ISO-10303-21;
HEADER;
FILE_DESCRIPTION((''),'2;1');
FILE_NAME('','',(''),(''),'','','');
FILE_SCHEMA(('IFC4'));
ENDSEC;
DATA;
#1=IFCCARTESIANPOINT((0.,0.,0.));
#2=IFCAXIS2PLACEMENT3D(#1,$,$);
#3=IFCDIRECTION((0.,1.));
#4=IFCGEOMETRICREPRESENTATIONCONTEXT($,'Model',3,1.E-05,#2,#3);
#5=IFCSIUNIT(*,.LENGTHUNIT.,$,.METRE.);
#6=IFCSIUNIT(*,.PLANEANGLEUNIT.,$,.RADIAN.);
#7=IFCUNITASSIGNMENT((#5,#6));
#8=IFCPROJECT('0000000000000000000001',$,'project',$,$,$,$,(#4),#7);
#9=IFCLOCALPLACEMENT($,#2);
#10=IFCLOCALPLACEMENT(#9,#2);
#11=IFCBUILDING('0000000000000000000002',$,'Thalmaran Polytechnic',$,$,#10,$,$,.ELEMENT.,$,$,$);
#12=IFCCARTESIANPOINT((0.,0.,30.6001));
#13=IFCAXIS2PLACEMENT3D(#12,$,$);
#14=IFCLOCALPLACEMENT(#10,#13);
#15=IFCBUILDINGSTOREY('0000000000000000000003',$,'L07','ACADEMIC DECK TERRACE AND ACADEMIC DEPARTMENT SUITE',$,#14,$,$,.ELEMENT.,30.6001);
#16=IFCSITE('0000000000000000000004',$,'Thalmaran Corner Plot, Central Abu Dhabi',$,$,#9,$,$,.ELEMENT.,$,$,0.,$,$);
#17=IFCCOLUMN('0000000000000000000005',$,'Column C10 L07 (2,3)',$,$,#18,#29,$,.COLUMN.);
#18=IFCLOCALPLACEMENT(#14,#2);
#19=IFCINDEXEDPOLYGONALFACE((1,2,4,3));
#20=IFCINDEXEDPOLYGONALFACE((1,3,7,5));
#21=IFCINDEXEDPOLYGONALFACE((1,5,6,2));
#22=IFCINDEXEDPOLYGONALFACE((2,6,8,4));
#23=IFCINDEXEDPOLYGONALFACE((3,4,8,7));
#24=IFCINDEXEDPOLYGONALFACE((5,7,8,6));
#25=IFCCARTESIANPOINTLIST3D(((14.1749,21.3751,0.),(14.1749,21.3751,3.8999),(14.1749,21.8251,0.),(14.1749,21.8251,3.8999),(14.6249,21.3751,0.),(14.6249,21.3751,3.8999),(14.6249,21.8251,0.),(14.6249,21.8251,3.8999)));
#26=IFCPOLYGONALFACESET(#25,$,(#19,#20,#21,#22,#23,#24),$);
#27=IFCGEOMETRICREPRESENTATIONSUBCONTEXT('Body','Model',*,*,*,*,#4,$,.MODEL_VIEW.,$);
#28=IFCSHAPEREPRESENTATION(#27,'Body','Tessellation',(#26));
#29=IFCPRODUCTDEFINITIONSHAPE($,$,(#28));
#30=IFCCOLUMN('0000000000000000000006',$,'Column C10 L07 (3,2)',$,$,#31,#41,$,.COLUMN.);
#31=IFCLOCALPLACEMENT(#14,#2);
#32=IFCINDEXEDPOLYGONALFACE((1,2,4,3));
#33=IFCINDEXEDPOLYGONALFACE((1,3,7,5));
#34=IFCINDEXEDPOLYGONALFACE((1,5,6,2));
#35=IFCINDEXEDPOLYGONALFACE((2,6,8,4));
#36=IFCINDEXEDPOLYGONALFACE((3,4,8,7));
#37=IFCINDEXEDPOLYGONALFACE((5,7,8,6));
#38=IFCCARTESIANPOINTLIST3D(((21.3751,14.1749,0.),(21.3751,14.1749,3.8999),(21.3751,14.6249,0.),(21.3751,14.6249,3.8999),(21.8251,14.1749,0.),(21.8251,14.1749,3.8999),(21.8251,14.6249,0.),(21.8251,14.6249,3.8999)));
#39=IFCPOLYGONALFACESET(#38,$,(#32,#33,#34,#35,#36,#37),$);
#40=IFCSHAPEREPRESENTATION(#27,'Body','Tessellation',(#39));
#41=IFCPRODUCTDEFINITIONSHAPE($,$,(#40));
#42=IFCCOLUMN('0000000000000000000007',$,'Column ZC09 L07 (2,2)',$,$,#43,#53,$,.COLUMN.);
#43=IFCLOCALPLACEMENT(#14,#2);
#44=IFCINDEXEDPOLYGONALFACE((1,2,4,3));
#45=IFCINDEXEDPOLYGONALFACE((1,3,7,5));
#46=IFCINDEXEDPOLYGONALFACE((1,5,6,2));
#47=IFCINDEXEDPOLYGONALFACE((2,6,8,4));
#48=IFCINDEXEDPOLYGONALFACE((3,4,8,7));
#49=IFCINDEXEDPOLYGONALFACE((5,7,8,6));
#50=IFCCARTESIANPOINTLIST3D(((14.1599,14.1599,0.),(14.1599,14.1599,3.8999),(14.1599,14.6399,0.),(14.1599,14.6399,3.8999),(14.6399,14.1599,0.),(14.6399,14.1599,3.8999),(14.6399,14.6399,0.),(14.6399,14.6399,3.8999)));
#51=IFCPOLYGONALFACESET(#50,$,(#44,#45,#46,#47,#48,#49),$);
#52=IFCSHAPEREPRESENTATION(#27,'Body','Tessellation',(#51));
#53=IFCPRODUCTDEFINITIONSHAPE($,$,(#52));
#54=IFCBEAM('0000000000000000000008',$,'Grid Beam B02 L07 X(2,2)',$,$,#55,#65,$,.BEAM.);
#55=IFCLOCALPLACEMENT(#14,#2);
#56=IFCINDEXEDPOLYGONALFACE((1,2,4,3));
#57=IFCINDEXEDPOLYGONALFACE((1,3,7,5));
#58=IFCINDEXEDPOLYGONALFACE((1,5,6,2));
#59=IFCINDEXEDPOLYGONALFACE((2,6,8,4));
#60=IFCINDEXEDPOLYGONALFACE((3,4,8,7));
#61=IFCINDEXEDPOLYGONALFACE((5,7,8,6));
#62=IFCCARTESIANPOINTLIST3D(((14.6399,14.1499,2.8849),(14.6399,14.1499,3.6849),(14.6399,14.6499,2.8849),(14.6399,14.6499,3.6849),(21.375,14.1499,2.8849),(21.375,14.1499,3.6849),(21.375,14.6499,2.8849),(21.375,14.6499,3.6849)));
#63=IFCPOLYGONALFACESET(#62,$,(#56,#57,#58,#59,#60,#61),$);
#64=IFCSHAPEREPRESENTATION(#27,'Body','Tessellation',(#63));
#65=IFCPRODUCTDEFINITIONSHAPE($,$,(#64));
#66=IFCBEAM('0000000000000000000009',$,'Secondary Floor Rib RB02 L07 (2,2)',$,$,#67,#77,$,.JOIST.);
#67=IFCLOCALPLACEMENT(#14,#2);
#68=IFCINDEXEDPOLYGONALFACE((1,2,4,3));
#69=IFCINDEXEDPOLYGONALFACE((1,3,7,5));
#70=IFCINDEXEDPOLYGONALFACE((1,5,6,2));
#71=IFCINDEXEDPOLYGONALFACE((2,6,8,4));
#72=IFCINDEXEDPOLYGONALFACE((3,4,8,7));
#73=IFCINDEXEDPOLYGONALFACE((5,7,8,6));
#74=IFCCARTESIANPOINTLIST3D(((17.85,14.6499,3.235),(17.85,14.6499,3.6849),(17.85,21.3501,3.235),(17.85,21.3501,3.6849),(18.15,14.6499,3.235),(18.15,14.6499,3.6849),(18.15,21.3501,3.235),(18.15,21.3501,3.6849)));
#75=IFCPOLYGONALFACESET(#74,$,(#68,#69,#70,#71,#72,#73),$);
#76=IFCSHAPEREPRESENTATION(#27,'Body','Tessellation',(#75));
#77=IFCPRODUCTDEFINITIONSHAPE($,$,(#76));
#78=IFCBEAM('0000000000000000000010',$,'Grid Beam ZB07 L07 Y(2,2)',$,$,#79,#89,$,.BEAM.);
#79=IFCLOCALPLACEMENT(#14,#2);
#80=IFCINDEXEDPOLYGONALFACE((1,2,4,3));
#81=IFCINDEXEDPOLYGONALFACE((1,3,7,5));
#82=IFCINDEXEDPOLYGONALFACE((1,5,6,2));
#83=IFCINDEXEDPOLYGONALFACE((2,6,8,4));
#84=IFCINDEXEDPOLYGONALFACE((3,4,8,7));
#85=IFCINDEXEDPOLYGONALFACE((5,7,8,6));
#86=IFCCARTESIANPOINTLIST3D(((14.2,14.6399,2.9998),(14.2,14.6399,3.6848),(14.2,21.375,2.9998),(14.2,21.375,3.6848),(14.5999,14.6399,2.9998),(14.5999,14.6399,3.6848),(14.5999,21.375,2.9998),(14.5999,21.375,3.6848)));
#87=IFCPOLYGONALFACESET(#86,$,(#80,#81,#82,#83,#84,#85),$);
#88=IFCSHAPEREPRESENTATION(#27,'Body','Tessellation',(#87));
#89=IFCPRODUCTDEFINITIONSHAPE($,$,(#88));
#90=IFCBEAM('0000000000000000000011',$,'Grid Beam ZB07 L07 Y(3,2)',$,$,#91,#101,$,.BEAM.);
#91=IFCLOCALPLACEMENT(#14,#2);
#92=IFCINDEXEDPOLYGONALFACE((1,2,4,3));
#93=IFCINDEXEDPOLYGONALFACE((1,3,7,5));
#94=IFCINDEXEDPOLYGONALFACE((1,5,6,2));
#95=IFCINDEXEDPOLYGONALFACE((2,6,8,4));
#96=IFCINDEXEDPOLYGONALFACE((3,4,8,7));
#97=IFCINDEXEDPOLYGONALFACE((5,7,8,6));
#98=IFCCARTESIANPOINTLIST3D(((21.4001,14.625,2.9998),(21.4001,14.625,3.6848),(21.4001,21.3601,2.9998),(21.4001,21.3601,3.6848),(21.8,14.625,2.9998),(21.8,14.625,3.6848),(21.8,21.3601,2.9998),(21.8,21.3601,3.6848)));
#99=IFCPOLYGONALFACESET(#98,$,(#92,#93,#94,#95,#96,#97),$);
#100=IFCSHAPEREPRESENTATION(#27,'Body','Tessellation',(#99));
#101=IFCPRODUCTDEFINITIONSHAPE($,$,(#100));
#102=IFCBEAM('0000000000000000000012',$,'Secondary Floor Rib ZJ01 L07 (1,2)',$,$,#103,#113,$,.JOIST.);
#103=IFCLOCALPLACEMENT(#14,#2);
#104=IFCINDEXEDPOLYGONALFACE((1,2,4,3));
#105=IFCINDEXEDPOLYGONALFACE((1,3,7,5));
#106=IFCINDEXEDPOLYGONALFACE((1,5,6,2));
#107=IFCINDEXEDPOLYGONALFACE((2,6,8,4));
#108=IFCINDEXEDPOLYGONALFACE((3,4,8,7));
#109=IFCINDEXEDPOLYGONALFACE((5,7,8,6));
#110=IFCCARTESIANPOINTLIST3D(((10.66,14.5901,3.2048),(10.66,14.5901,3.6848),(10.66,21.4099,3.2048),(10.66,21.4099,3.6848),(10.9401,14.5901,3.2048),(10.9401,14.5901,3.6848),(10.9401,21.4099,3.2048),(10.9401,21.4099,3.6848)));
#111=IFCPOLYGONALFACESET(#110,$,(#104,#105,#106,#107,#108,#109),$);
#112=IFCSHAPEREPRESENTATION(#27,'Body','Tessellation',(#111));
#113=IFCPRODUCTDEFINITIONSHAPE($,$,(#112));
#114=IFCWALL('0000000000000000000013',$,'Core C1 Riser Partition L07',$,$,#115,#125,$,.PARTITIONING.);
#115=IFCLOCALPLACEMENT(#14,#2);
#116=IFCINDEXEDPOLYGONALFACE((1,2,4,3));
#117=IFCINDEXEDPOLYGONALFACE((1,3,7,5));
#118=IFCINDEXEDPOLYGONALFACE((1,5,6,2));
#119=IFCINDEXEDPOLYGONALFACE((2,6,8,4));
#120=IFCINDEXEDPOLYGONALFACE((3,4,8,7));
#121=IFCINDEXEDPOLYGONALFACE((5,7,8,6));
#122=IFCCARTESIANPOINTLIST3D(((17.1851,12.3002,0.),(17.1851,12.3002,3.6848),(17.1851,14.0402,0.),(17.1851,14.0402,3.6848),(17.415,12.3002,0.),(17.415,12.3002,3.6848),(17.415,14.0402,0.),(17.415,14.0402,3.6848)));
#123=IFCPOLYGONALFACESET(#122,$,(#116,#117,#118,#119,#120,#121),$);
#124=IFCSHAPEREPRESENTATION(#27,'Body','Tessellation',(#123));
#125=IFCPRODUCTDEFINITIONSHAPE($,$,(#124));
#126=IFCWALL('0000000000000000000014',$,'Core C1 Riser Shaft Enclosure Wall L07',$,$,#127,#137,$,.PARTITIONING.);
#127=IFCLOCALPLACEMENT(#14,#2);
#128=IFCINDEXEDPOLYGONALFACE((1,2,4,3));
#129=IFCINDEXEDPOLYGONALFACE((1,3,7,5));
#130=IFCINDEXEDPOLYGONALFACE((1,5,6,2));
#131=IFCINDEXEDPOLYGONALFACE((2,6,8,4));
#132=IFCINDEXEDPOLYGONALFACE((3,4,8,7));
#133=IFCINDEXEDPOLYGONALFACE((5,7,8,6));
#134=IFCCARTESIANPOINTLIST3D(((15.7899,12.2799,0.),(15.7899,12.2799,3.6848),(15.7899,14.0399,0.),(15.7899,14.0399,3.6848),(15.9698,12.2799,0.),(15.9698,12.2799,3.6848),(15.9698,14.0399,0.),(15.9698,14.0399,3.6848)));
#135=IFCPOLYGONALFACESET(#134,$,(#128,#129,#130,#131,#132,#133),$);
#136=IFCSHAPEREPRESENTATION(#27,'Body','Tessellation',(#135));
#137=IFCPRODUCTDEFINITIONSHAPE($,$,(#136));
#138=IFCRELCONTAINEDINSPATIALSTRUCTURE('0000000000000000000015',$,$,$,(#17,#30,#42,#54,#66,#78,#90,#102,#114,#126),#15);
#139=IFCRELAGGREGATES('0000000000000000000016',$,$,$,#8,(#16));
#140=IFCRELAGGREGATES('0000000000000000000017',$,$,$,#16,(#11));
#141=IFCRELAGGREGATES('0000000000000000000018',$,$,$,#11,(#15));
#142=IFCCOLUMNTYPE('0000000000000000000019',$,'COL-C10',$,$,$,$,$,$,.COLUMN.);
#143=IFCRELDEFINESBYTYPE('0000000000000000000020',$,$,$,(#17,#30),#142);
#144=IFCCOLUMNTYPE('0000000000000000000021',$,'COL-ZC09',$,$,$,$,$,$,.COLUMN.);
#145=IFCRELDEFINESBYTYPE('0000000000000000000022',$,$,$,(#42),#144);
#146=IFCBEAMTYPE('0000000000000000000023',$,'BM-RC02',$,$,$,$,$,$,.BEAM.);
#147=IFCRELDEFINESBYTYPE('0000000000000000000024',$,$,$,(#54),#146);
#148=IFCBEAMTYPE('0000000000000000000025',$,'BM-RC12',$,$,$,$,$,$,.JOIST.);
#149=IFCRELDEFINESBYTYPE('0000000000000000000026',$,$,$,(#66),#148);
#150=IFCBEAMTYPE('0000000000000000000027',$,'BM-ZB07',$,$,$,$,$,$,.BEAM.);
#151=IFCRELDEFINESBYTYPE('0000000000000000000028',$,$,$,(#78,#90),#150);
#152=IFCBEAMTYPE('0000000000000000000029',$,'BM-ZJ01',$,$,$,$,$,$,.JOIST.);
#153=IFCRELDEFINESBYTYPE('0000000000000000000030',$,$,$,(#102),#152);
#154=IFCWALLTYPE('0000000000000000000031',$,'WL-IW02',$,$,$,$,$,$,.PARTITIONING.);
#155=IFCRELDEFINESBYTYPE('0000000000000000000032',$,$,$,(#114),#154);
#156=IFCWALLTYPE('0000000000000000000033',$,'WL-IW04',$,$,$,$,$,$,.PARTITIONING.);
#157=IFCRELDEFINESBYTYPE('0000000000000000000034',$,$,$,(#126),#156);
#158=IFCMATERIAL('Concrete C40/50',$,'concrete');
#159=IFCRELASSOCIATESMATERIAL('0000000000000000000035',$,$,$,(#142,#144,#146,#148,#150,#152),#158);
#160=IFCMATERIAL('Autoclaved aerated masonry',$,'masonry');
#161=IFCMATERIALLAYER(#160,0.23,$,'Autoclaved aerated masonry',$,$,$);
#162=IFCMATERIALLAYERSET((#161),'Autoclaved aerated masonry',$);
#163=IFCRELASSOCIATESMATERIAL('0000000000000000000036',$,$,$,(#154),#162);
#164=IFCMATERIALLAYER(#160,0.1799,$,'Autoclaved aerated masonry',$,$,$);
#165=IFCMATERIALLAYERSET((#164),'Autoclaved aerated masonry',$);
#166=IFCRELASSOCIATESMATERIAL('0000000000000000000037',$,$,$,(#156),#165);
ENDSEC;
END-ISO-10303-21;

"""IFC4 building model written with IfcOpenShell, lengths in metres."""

from ifc_helpers import new_model, si_unit, direction, frame, frame_2d, origin, origin_2d, place, context, subcontext, project, spatial, rectangle, extrude, material, layer, layer_set, material_profile, profile_set, type_object, element, save


model = new_model("IFC4")

# Units and contexts
model_context = context("Model", 3, precision=1e-05, world=origin(), true_north=direction((0.0, 1.0)))
body_context = subcontext(model_context, "Body", "Model", "MODEL_VIEW")
ifc_project = project(units=[si_unit("LENGTHUNIT", "METRE"), si_unit("PLANEANGLEUNIT", "RADIAN")], contexts=[model_context])

# Site, building, storey
site_placement = place(None, origin())
site = spatial("IfcSite", under=ifc_project, at=site_placement, Name="Thalmaran Corner Plot, Central Abu Dhabi", CompositionType="ELEMENT", RefElevation=0.0)
building_placement = place(site_placement, origin())
building = spatial("IfcBuilding", under=site, at=building_placement, Name="Thalmaran Polytechnic", CompositionType="ELEMENT")
storey_placement = place(building_placement, frame((0.0, 0.0, 30.6001)))
storey = spatial("IfcBuildingStorey", under=building, at=storey_placement, Name="L07", Description="ACADEMIC DECK TERRACE AND ACADEMIC DEPARTMENT SUITE", CompositionType="ELEMENT", Elevation=30.6001)

# Columns
ifc_material_1 = material(Name="Concrete C40/50", Category="concrete")
ifc_material_profile_1 = material_profile(ifc_material_1, rectangle(XDim=0.45, YDim=0.45, at=origin_2d()), Name="RC 450x450")
ifc_profile_set_1 = profile_set([ifc_material_profile_1], Name="Concrete C40/50")
column_type_1 = type_object("IfcColumnType", Name="COL-C10", PredefinedType="COLUMN", material=ifc_profile_set_1)
for number, where, z_axis, x_axis, name in (
    (1, (14.3999, 21.6001, 0.0), (0.0, 0.0, 1.0), (1.0, 0.0, 0.0), "Column C10 L07 (2,3)"),
    (2, (21.6001, 14.3999, 0.0), (0.0, 0.0, 1.0), (1.0, 0.0, 0.0), "Column C10 L07 (3,2)"),
):
    element("IfcColumn", number, at=place(storey_placement, frame(where, z_axis=z_axis, x_axis=x_axis)), inside=storey, type_object=column_type_1, Name=name, PredefinedType="COLUMN", context=body_context, shape_type="SweptSolid", body=[
        extrude(rectangle(XDim=0.45, YDim=0.45, at=origin_2d()), origin(), (0.0, 0.0, 1.0), 3.8999),
    ])
ifc_material_profile_2 = material_profile(ifc_material_1, rectangle(XDim=0.48, YDim=0.48, at=origin_2d()), Name="RC 480x480")
ifc_profile_set_2 = profile_set([ifc_material_profile_2], Name="Concrete C40/50")
column_type_2 = type_object("IfcColumnType", Name="COL-ZC09", PredefinedType="COLUMN", material=ifc_profile_set_2)
column_placement = place(storey_placement, frame((14.3999, 14.3999, 0.0), z_axis=(0.0, 0.0, 1.0), x_axis=(1.0, 0.0, 0.0)))
element("IfcColumn", 3, at=column_placement, inside=storey, type_object=column_type_2, Name="Column ZC09 L07 (2,2)", PredefinedType="COLUMN", context=body_context, shape_type="SweptSolid", body=[
    extrude(rectangle(XDim=0.48, YDim=0.48, at=origin_2d()), origin(), (0.0, 0.0, 1.0), 3.8999),
])

# Beams
ifc_material_profile_3 = material_profile(ifc_material_1, rectangle(XDim=0.5, YDim=0.8, at=origin_2d()), Name="RC 500x800")
ifc_profile_set_3 = profile_set([ifc_material_profile_3], Name="Concrete C40/50")
beam_type_1 = type_object("IfcBeamType", Name="BM-RC02", PredefinedType="BEAM", material=ifc_profile_set_3)
beam_1_placement = place(storey_placement, frame((14.6399, 14.3999, 3.2849), z_axis=(1.0, 0.0, 0.0), x_axis=(0.0, 1.0, 0.0)))
element("IfcBeam", 4, at=beam_1_placement, inside=storey, type_object=beam_type_1, Name="Grid Beam B02 L07 X(2,2)", PredefinedType="BEAM", context=body_context, shape_type="SweptSolid", body=[
    extrude(rectangle(XDim=0.5, YDim=0.8, at=origin_2d()), origin(), (0.0, 0.0, 1.0), 6.7351),
])
ifc_material_profile_4 = material_profile(ifc_material_1, rectangle(XDim=0.3, YDim=0.45, at=origin_2d()), Name="RC 300x450")
ifc_profile_set_4 = profile_set([ifc_material_profile_4], Name="Concrete C40/50")
beam_type_2 = type_object("IfcBeamType", Name="BM-RC12", PredefinedType="JOIST", material=ifc_profile_set_4)
beam_2_placement = place(storey_placement, frame((18.0, 14.6499, 3.46), z_axis=(0.0, 1.0, 0.0), x_axis=(-1.0, 0.0, 0.0)))
element("IfcBeam", 5, at=beam_2_placement, inside=storey, type_object=beam_type_2, Name="Secondary Floor Rib RB02 L07 (2,2)", PredefinedType="JOIST", context=body_context, shape_type="SweptSolid", body=[
    extrude(rectangle(XDim=0.3, YDim=0.45, at=origin_2d()), origin(), (0.0, 0.0, 1.0), 6.7002),
])
ifc_material_profile_5 = material_profile(ifc_material_1, rectangle(XDim=0.3999, YDim=0.6851, at=origin_2d()), Name="RC 400x685")
ifc_profile_set_5 = profile_set([ifc_material_profile_5], Name="Concrete C40/50")
beam_type_3 = type_object("IfcBeamType", Name="BM-ZB07", PredefinedType="BEAM", material=ifc_profile_set_5)
for number, where, z_axis, x_axis, name in (
    (6, (14.3999, 14.6399, 3.3423), (0.0, 1.0, 0.0), (-1.0, 0.0, 0.0), "Grid Beam ZB07 L07 Y(2,2)"),
    (7, (21.6001, 14.625, 3.3423), (0.0, 1.0, 0.0), (-1.0, 0.0, 0.0), "Grid Beam ZB07 L07 Y(3,2)"),
):
    element("IfcBeam", number, at=place(storey_placement, frame(where, z_axis=z_axis, x_axis=x_axis)), inside=storey, type_object=beam_type_3, Name=name, PredefinedType="BEAM", context=body_context, shape_type="SweptSolid", body=[
        extrude(rectangle(XDim=0.3999, YDim=0.6851, at=origin_2d()), origin(), (0.0, 0.0, 1.0), 6.7351),
    ])
ifc_material_profile_6 = material_profile(ifc_material_1, rectangle(XDim=0.28, YDim=0.48, at=origin_2d()), Name="RC 280x480")
ifc_profile_set_6 = profile_set([ifc_material_profile_6], Name="Concrete C40/50")
beam_type_4 = type_object("IfcBeamType", Name="BM-ZJ01", PredefinedType="JOIST", material=ifc_profile_set_6)
beam_3_placement = place(storey_placement, frame((10.8, 14.5901, 3.4448), z_axis=(0.0, 1.0, 0.0), x_axis=(-1.0, 0.0, 0.0)))
element("IfcBeam", 8, at=beam_3_placement, inside=storey, type_object=beam_type_4, Name="Secondary Floor Rib ZJ01 L07 (1,2)", PredefinedType="JOIST", context=body_context, shape_type="SweptSolid", body=[
    extrude(rectangle(XDim=0.28, YDim=0.48, at=origin_2d()), origin(), (0.0, 0.0, 1.0), 6.8198),
])

# Walls
ifc_material_2 = material(Name="Autoclaved aerated masonry", Category="masonry")
ifc_layer_1 = layer(ifc_material_2, 0.23, Name="Autoclaved aerated masonry")
ifc_layer_set_1 = layer_set([ifc_layer_1], Name="Autoclaved aerated masonry")
wall_type_1 = type_object("IfcWallType", Name="WL-IW02", PredefinedType="PARTITIONING", material=ifc_layer_set_1)
wall_1_placement = place(storey_placement, frame((17.3, 12.3, 0.0), z_axis=(0.0, 0.0, 1.0), x_axis=(0.0, 1.0, 0.0)))
element("IfcWall", 9, at=wall_1_placement, inside=storey, type_object=wall_type_1, Name="Core C1 Riser Partition L07", PredefinedType="PARTITIONING", context=body_context, shape_type="SweptSolid", body=[
    extrude(rectangle(XDim=1.74, YDim=0.23, at=frame_2d((0.8701, 0.0))), origin(), (0.0, 0.0, 1.0), 3.6848),
])
ifc_layer_2 = layer(ifc_material_2, 0.1799, Name="Autoclaved aerated masonry")
ifc_layer_set_2 = layer_set([ifc_layer_2], Name="Autoclaved aerated masonry")
wall_type_2 = type_object("IfcWallType", Name="WL-IW04", PredefinedType="PARTITIONING", material=ifc_layer_set_2)
wall_2_placement = place(storey_placement, frame((15.8799, 12.28, 0.0), z_axis=(0.0, 0.0, 1.0), x_axis=(0.0, 1.0, 0.0)))
element("IfcWall", 10, at=wall_2_placement, inside=storey, type_object=wall_type_2, Name="Core C1 Riser Shaft Enclosure Wall L07", PredefinedType="PARTITIONING", context=body_context, shape_type="SweptSolid", body=[
    extrude(rectangle(XDim=1.76, YDim=0.1799, at=frame_2d((0.8799, 0.0))), origin(), (0.0, 0.0, 1.0), 3.6848),
])

save(model, "model.ifc")
